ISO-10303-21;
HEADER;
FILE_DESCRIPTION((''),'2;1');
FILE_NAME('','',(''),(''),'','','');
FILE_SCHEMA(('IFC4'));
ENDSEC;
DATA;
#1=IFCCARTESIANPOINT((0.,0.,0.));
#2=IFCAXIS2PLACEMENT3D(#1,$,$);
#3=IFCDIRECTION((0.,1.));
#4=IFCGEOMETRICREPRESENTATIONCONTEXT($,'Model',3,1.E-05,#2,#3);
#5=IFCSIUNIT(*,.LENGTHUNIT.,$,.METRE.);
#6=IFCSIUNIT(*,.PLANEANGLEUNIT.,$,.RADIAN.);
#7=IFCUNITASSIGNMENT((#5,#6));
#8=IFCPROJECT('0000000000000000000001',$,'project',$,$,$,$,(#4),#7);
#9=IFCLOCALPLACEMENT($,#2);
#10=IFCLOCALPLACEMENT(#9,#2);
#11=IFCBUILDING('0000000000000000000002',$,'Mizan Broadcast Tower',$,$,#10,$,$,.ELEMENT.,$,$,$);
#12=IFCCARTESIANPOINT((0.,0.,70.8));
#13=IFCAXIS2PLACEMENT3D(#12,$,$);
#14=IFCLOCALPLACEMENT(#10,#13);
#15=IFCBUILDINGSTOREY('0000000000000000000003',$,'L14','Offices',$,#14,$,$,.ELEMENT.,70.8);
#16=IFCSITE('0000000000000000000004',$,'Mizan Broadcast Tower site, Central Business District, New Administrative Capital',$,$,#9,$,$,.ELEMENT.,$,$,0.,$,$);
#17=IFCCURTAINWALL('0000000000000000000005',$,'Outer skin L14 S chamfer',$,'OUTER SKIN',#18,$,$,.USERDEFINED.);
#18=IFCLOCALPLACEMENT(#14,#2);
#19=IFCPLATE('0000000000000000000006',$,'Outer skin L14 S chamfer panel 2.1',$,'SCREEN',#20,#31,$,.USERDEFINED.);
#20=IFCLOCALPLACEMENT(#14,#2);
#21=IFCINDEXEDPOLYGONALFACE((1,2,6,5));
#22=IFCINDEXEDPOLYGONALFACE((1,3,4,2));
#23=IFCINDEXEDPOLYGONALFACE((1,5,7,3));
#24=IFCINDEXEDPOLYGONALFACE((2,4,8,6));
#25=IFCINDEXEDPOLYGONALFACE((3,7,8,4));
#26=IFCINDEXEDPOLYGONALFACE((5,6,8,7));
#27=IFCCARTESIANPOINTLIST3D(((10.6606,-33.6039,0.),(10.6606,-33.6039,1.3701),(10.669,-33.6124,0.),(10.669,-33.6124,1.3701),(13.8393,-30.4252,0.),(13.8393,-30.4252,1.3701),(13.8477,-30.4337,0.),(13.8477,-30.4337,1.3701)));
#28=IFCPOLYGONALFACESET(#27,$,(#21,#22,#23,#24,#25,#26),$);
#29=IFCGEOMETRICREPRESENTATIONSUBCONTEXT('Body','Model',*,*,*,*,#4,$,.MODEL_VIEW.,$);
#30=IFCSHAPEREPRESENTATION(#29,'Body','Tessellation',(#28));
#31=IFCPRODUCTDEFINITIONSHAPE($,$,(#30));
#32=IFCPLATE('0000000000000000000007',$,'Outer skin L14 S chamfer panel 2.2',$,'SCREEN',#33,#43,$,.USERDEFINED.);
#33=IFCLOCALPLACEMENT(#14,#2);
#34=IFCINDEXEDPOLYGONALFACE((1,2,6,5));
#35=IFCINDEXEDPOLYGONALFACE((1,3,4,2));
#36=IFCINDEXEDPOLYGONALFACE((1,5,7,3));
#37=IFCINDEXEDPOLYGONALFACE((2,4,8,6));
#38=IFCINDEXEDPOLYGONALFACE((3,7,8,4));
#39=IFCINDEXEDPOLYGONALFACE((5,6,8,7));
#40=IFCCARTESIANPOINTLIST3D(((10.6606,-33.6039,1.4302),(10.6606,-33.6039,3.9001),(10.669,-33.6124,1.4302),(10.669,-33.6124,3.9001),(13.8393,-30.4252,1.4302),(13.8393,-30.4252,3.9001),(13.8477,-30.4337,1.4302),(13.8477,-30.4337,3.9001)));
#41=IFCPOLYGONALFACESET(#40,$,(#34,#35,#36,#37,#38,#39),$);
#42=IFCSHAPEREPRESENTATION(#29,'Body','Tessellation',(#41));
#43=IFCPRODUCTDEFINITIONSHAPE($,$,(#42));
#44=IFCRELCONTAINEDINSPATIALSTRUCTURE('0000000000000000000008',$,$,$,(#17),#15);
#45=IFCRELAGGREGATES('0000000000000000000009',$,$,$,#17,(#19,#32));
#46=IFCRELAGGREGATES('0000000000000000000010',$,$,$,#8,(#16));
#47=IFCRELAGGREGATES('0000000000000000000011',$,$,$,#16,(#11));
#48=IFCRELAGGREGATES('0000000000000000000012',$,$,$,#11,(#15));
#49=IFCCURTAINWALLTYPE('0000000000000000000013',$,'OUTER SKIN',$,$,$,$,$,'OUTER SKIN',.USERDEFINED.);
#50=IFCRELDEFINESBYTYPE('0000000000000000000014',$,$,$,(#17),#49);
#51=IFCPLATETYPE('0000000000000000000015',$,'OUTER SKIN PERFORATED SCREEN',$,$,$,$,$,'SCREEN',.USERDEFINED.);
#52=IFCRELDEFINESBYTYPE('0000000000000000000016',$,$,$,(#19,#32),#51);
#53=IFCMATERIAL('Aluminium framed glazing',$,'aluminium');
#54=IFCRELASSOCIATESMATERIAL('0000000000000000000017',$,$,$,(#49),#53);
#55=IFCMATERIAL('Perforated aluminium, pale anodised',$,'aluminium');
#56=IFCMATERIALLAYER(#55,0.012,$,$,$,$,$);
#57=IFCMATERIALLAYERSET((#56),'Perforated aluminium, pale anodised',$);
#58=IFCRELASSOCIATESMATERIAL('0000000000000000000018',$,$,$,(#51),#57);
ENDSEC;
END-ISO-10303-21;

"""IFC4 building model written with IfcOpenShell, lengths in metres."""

from ifc_helpers import new_model, si_unit, direction, frame, origin, origin_2d, place, context, subcontext, project, spatial, rectangle, extrude, material, layer, layer_set, type_object, element, aggregate, save


model = new_model("IFC4")

# Units and contexts
model_context = context("Model", 3, precision=1e-05, world=origin(), true_north=direction((0.0, 1.0)))
body_context = subcontext(model_context, "Body", "Model", "MODEL_VIEW")
ifc_project = project(units=[si_unit("LENGTHUNIT", "METRE"), si_unit("PLANEANGLEUNIT", "RADIAN")], contexts=[model_context])

# Site, building, storey
site_placement = place(None, origin())
site = spatial("IfcSite", under=ifc_project, at=site_placement, Name="Mizan Broadcast Tower site, Central Business District, New Administrative Capital", CompositionType="ELEMENT", RefElevation=0.0)
building_placement = place(site_placement, origin())
building = spatial("IfcBuilding", under=site, at=building_placement, Name="Mizan Broadcast Tower", CompositionType="ELEMENT")
storey_placement = place(building_placement, frame((0.0, 0.0, 70.8)))
storey = spatial("IfcBuildingStorey", under=building, at=storey_placement, Name="L14", Description="Offices", CompositionType="ELEMENT", Elevation=70.8)

# Shared definitions
ifc_material_1 = material(Name="Aluminium framed glazing", Category="aluminium")
curtain_wall_type_1 = type_object("IfcCurtainWallType", Name="OUTER SKIN", ElementType="OUTER SKIN", PredefinedType="USERDEFINED", material=ifc_material_1)

# Curtain wall
curtain_wall_1_placement = place(storey_placement, origin())
curtain_wall_1 = element("IfcCurtainWall", 1, at=curtain_wall_1_placement, inside=storey, type_object=curtain_wall_type_1, Name="Outer skin L14 S chamfer", ObjectType="OUTER SKIN", PredefinedType="USERDEFINED")

# Plates
ifc_material_2 = material(Name="Perforated aluminium, pale anodised", Category="aluminium")
ifc_layer_1 = layer(ifc_material_2, 0.012)
ifc_layer_set_1 = layer_set([ifc_layer_1], Name="Perforated aluminium, pale anodised")
plate_type_1 = type_object("IfcPlateType", Name="OUTER SKIN PERFORATED SCREEN", ElementType="SCREEN", PredefinedType="USERDEFINED", material=ifc_layer_set_1)
plate_1_placement = place(storey_placement, frame((12.2542, -32.0188, 0.0), z_axis=(0.0, 0.0, 1.0), x_axis=(0.707107, 0.707107, 0.0)))
plate_1 = element("IfcPlate", 2, at=plate_1_placement, type_object=plate_type_1, Name="Outer skin L14 S chamfer panel 2.1", ObjectType="SCREEN", PredefinedType="USERDEFINED", context=body_context, shape_type="SweptSolid", body=[
    extrude(rectangle(XDim=4.4954, YDim=0.012, at=origin_2d()), origin(), (0.0, 0.0, 1.0), 1.3701),
])
plate_2_placement = place(storey_placement, frame((12.2542, -32.0188, 1.4302), z_axis=(0.0, 0.0, 1.0), x_axis=(0.707107, 0.707107, 0.0)))
plate_2 = element("IfcPlate", 3, at=plate_2_placement, type_object=plate_type_1, Name="Outer skin L14 S chamfer panel 2.2", ObjectType="SCREEN", PredefinedType="USERDEFINED", context=body_context, shape_type="SweptSolid", body=[
    extrude(rectangle(XDim=4.4954, YDim=0.012, at=origin_2d()), origin(), (0.0, 0.0, 1.0), 2.47),
])
aggregate(curtain_wall_1, [plate_1, plate_2])

save(model, "model.ifc")
